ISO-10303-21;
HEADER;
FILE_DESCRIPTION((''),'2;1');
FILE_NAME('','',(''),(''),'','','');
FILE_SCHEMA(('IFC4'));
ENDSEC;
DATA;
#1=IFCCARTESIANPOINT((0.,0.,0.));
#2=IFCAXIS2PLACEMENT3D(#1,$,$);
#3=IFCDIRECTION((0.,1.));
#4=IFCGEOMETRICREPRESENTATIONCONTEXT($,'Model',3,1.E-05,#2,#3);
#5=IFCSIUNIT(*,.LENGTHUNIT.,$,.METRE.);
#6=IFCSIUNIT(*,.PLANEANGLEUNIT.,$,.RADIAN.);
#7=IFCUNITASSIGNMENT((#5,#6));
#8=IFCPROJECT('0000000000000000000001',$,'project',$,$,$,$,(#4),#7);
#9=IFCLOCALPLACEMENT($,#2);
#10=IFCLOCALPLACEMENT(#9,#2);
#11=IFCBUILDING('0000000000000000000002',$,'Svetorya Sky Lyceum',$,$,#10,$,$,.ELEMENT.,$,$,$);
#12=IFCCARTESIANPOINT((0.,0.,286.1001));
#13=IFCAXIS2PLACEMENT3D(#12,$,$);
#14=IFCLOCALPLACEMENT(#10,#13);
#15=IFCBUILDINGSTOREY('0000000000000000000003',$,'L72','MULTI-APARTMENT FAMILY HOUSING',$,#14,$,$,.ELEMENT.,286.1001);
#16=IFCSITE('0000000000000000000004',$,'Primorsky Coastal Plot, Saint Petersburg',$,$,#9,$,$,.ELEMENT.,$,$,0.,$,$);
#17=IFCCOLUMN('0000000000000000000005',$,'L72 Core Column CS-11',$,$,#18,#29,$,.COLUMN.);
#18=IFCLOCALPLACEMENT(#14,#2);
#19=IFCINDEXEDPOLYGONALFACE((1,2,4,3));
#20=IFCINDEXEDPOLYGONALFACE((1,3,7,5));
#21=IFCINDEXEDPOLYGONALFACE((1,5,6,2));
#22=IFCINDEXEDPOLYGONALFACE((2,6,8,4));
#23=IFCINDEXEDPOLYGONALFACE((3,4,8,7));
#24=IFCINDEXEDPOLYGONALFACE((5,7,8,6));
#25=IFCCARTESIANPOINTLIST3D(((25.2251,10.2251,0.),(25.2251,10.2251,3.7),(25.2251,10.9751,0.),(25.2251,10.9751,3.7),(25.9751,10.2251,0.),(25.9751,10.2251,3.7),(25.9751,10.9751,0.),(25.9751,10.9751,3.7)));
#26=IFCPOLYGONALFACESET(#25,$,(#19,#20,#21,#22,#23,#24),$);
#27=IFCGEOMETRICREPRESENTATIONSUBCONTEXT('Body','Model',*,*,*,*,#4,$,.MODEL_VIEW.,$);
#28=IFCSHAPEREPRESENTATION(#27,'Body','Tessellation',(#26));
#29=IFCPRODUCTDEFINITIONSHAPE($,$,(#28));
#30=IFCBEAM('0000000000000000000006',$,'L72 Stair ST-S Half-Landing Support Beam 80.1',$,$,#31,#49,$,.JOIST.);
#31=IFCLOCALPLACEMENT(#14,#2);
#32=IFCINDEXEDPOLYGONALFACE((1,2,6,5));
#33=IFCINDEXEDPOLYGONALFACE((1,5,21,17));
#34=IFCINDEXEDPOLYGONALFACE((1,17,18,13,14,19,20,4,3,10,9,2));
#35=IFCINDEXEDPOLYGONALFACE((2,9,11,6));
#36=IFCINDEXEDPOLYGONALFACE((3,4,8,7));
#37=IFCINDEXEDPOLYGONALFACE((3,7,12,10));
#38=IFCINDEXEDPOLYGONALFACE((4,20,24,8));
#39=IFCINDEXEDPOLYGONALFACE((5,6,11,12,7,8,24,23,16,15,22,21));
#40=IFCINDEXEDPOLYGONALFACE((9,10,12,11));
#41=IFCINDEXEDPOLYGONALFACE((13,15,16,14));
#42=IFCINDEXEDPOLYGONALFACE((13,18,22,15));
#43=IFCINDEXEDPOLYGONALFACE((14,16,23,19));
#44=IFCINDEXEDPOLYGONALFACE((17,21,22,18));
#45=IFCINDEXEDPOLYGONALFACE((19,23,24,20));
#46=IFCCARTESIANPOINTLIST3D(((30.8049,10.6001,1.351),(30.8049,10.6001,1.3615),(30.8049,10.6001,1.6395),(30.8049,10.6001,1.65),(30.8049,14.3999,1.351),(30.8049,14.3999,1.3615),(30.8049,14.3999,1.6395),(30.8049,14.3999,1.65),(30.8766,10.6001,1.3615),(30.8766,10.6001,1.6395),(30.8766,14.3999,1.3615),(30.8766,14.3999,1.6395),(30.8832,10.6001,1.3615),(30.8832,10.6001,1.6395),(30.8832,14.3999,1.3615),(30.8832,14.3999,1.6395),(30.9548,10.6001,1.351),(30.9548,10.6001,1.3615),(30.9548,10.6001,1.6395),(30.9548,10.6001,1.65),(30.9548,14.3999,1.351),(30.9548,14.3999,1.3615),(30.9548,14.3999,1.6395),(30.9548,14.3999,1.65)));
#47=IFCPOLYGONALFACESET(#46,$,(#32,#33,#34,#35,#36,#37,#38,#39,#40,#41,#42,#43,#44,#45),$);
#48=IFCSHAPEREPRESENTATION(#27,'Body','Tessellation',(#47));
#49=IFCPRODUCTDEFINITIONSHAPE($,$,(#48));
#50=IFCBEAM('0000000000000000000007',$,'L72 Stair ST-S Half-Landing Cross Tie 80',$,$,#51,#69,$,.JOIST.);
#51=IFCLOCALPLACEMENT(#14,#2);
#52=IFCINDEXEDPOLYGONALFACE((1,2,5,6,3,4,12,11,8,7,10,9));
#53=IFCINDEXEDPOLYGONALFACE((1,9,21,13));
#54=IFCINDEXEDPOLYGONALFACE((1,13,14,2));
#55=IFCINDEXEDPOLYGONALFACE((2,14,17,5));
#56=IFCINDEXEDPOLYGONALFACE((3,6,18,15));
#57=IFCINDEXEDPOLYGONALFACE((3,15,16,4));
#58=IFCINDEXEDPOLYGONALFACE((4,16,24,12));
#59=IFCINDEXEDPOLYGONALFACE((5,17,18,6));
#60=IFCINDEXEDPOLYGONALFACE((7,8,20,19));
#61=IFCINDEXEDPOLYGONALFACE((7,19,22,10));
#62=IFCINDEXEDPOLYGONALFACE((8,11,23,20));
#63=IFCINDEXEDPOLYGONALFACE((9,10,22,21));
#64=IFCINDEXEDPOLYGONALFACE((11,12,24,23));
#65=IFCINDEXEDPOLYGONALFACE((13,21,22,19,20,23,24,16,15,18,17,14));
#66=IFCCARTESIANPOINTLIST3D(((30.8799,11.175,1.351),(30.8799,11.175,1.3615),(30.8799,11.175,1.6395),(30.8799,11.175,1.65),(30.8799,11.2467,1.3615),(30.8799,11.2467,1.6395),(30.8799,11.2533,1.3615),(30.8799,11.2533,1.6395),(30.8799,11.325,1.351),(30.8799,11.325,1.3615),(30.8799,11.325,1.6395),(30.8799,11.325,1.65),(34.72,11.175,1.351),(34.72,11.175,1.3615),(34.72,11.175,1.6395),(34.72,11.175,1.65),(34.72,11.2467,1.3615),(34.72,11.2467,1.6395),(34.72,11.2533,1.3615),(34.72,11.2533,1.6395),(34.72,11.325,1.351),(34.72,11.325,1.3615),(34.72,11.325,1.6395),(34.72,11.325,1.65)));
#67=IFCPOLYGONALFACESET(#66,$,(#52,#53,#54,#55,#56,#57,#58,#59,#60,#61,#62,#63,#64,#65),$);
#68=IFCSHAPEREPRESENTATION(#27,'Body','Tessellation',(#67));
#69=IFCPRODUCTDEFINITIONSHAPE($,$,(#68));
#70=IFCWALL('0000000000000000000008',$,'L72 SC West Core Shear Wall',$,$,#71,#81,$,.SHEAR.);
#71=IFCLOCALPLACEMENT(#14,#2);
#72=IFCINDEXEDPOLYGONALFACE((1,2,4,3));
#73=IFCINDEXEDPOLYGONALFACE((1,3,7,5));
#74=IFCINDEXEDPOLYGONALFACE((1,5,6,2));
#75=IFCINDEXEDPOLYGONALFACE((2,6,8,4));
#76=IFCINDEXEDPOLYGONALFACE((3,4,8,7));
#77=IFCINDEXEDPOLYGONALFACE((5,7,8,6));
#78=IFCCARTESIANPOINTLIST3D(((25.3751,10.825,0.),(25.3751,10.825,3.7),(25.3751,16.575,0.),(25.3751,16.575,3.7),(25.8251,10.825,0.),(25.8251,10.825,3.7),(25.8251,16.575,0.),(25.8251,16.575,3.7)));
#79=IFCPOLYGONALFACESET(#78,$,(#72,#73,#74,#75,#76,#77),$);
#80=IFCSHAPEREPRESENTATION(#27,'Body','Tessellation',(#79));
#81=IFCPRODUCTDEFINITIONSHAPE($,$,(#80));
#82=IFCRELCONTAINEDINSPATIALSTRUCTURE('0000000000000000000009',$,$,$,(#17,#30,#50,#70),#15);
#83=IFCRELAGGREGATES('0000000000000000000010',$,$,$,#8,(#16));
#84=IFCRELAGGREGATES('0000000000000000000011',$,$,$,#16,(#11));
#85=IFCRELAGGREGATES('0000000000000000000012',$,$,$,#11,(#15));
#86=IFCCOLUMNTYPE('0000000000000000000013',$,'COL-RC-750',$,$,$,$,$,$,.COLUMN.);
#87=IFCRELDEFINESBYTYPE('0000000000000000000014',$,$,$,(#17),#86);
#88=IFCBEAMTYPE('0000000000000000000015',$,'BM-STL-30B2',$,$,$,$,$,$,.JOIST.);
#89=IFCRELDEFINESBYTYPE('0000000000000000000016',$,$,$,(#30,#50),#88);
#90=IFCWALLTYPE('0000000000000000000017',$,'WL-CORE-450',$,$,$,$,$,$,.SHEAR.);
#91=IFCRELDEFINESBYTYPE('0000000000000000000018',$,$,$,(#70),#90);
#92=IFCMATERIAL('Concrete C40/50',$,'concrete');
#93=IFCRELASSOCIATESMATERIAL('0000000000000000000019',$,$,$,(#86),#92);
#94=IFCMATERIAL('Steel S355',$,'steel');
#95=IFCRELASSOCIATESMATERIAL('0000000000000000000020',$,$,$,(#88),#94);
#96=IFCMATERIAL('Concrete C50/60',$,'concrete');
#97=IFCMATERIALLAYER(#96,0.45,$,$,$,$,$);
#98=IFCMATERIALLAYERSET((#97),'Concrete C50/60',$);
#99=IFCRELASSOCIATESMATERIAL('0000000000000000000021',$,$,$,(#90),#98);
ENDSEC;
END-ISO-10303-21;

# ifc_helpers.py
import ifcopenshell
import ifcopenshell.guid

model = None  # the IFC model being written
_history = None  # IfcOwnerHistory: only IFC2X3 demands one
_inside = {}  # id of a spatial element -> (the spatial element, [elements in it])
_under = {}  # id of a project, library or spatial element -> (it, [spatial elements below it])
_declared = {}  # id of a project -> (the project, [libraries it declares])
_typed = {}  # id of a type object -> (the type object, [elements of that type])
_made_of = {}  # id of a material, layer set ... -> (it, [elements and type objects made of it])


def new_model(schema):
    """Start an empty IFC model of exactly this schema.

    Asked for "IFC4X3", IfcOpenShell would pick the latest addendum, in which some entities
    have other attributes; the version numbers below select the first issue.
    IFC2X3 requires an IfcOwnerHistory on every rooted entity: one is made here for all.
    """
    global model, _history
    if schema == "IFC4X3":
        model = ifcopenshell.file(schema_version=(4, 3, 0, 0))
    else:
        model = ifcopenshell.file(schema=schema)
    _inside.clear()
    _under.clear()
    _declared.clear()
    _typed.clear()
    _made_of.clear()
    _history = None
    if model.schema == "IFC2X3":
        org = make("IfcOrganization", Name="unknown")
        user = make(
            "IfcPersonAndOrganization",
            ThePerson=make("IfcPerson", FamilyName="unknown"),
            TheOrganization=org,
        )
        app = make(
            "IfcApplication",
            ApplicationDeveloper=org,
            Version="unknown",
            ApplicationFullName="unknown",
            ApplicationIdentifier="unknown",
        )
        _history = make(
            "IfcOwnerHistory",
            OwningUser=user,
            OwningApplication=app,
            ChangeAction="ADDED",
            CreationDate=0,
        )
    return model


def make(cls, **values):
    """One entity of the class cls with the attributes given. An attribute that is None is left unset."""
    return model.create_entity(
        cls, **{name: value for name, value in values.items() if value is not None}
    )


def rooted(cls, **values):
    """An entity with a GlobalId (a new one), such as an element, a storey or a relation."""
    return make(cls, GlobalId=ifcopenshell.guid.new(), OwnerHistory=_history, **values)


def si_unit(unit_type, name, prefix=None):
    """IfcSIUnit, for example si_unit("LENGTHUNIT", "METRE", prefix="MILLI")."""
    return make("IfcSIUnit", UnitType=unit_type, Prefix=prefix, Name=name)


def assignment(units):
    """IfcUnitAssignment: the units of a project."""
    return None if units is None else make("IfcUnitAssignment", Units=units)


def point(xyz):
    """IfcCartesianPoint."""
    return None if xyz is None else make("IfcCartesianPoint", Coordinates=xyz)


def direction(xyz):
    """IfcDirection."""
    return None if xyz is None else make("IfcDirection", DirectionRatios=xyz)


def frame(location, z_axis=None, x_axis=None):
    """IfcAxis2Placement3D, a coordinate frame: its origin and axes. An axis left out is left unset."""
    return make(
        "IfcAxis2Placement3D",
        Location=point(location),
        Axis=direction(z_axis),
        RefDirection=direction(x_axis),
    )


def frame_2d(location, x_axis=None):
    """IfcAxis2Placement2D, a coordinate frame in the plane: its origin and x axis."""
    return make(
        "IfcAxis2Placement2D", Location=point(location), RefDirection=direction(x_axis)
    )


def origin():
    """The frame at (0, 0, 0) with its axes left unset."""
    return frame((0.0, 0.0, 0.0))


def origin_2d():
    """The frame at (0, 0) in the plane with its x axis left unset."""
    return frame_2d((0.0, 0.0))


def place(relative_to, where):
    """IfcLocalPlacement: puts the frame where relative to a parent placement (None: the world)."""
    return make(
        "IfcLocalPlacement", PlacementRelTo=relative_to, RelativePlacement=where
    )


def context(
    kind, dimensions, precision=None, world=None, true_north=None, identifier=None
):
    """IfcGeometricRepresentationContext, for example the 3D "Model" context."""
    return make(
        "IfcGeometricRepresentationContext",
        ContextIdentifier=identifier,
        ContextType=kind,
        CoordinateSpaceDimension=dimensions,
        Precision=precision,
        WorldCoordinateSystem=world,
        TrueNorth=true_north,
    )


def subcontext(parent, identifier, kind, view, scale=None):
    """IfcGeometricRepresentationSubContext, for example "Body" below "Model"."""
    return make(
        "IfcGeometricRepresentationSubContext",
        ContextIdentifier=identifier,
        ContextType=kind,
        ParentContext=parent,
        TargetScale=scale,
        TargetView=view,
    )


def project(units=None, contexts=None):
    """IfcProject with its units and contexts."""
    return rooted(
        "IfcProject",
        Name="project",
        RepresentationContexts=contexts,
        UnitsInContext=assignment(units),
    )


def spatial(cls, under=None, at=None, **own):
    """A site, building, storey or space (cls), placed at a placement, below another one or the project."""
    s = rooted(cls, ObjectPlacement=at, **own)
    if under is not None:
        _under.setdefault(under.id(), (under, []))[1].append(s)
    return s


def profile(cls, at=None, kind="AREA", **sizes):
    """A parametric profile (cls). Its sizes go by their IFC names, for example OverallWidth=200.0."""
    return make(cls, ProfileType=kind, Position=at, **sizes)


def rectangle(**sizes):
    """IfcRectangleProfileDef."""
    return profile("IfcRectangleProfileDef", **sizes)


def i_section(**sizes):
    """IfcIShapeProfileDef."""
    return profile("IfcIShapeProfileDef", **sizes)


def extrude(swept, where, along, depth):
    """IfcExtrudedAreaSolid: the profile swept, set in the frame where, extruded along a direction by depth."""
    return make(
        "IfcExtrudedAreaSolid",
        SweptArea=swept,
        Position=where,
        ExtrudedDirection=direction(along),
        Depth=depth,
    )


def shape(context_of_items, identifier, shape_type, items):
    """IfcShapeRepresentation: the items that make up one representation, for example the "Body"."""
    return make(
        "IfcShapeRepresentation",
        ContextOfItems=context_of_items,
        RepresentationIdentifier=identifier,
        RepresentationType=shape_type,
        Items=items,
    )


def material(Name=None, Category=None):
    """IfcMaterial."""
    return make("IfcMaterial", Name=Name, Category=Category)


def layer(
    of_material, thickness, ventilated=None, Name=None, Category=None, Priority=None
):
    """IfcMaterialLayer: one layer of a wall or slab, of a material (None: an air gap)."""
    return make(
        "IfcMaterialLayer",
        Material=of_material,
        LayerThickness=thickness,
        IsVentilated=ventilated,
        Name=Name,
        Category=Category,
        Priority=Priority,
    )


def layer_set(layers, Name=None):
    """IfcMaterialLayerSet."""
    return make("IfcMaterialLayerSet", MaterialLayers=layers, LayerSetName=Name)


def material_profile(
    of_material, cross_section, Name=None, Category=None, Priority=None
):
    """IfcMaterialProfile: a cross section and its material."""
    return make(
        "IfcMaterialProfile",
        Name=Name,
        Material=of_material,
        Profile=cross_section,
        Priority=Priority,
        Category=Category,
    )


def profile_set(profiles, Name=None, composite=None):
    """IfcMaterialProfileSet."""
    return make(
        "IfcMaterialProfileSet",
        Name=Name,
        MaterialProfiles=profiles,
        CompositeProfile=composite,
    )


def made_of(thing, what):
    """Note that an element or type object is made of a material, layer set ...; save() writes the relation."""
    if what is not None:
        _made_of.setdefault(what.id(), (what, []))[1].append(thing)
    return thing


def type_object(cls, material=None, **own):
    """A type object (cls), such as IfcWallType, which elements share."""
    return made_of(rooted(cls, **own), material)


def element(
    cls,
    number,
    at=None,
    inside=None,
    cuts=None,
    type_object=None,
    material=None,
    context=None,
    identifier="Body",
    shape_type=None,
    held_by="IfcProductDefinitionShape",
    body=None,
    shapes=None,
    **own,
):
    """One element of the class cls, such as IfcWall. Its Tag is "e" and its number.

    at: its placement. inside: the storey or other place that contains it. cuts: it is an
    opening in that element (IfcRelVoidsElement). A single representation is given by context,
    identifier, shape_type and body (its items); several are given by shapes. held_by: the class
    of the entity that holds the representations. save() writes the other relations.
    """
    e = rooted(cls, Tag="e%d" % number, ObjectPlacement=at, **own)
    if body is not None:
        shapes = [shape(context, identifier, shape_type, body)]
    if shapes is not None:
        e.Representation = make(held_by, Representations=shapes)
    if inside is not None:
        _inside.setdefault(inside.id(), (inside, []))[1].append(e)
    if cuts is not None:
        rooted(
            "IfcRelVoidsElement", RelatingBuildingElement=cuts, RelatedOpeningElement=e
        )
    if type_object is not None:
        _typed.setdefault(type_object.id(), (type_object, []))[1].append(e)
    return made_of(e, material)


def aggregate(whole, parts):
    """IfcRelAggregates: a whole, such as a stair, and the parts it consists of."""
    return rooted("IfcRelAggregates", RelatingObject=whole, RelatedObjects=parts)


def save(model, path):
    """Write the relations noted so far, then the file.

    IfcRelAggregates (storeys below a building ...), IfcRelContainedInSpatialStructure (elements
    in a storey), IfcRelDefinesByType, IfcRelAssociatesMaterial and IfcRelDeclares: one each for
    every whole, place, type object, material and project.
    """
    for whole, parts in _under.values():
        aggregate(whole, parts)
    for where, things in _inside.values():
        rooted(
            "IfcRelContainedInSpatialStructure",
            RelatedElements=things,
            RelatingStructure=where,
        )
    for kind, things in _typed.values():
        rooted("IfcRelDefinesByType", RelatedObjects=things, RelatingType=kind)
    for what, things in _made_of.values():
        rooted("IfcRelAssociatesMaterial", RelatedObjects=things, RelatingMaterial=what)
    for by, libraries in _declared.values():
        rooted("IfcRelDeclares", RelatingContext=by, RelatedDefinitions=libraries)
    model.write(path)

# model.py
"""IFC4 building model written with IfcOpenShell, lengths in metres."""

from ifc_helpers import new_model, si_unit, direction, frame, frame_2d, origin, origin_2d, place, context, subcontext, project, spatial, rectangle, i_section, extrude, material, layer, layer_set, material_profile, profile_set, type_object, element, save


model = new_model("IFC4")

# Units and contexts
model_context = context("Model", 3, precision=1e-05, world=origin(), true_north=direction((0.0, 1.0)))
body_context = subcontext(model_context, "Body", "Model", "MODEL_VIEW")
ifc_project = project(units=[si_unit("LENGTHUNIT", "METRE"), si_unit("PLANEANGLEUNIT", "RADIAN")], contexts=[model_context])

# Site, building, storey
site_placement = place(None, origin())
site = spatial("IfcSite", under=ifc_project, at=site_placement, Name="Primorsky Coastal Plot, Saint Petersburg", CompositionType="ELEMENT", RefElevation=0.0)
building_placement = place(site_placement, origin())
building = spatial("IfcBuilding", under=site, at=building_placement, Name="Svetorya Sky Lyceum", CompositionType="ELEMENT")
storey_placement = place(building_placement, frame((0.0, 0.0, 286.1001)))
storey = spatial("IfcBuildingStorey", under=building, at=storey_placement, Name="L72", Description="MULTI-APARTMENT FAMILY HOUSING", CompositionType="ELEMENT", Elevation=286.1001)

# Column
ifc_material_1 = material(Name="Concrete C40/50", Category="concrete")
ifc_material_profile_1 = material_profile(ifc_material_1, rectangle(XDim=0.75, YDim=0.75, at=origin_2d()), Name="RC COL 750x750")
ifc_profile_set_1 = profile_set([ifc_material_profile_1], Name="Concrete C40/50")
column_type = type_object("IfcColumnType", Name="COL-RC-750", PredefinedType="COLUMN", material=ifc_profile_set_1)
column_placement = place(storey_placement, frame((25.6001, 10.6001, 0.0), z_axis=(0.0, 0.0, 1.0), x_axis=(1.0, 0.0, 0.0)))
element("IfcColumn", 1, at=column_placement, inside=storey, type_object=column_type, Name="L72 Core Column CS-11", PredefinedType="COLUMN", context=body_context, shape_type="SweptSolid", body=[
    extrude(rectangle(XDim=0.75, YDim=0.75, at=origin_2d()), origin(), (0.0, 0.0, 1.0), 3.7),
])

# Beams
ifc_material_2 = material(Name="Steel S355", Category="steel")
ifc_material_profile_2 = material_profile(ifc_material_2, i_section(OverallWidth=0.1499, OverallDepth=0.2991, WebThickness=0.0066, FlangeThickness=0.0105, at=origin_2d()), Name="GOST 30B2")
ifc_profile_set_2 = profile_set([ifc_material_profile_2], Name="Steel S355")
beam_type = type_object("IfcBeamType", Name="BM-STL-30B2", PredefinedType="JOIST", material=ifc_profile_set_2)
beam_1_placement = place(storey_placement, frame((30.8799, 10.6001, 1.5005), z_axis=(0.0, 1.0, 0.0), x_axis=(-1.0, 0.0, 0.0)))
element("IfcBeam", 2, at=beam_1_placement, inside=storey, type_object=beam_type, Name="L72 Stair ST-S Half-Landing Support Beam 80.1", PredefinedType="JOIST", context=body_context, shape_type="SweptSolid", body=[
    extrude(i_section(OverallWidth=0.1499, OverallDepth=0.2991, WebThickness=0.0066, FlangeThickness=0.0105, at=origin_2d()), origin(), (0.0, 0.0, 1.0), 3.7998),
])
beam_2_placement = place(storey_placement, frame((30.8799, 11.25, 1.5005), z_axis=(1.0, 0.0, 0.0), x_axis=(0.0, 1.0, 0.0)))
element("IfcBeam", 3, at=beam_2_placement, inside=storey, type_object=beam_type, Name="L72 Stair ST-S Half-Landing Cross Tie 80", PredefinedType="JOIST", context=body_context, shape_type="SweptSolid", body=[
    extrude(i_section(OverallWidth=0.1499, OverallDepth=0.2991, WebThickness=0.0066, FlangeThickness=0.0105, at=origin_2d()), origin(), (0.0, 0.0, 1.0), 3.8401),
])

# Wall
ifc_material_3 = material(Name="Concrete C50/60", Category="concrete")
ifc_layer_1 = layer(ifc_material_3, 0.45)
ifc_layer_set_1 = layer_set([ifc_layer_1], Name="Concrete C50/60")
wall_type_1 = type_object("IfcWallType", Name="WL-CORE-450", PredefinedType="SHEAR", material=ifc_layer_set_1)
wall_1_placement = place(storey_placement, frame((25.6001, 10.825, 0.0), z_axis=(0.0, 0.0, 1.0), x_axis=(0.0, 1.0, 0.0)))
element("IfcWall", 4, at=wall_1_placement, inside=storey, type_object=wall_type_1, Name="L72 SC West Core Shear Wall", PredefinedType="SHEAR", context=body_context, shape_type="SweptSolid", body=[
    extrude(rectangle(XDim=5.75, YDim=0.45, at=frame_2d((2.875, 0.0))), origin(), (0.0, 0.0, 1.0), 3.7),
])

save(model, "model.ifc")
